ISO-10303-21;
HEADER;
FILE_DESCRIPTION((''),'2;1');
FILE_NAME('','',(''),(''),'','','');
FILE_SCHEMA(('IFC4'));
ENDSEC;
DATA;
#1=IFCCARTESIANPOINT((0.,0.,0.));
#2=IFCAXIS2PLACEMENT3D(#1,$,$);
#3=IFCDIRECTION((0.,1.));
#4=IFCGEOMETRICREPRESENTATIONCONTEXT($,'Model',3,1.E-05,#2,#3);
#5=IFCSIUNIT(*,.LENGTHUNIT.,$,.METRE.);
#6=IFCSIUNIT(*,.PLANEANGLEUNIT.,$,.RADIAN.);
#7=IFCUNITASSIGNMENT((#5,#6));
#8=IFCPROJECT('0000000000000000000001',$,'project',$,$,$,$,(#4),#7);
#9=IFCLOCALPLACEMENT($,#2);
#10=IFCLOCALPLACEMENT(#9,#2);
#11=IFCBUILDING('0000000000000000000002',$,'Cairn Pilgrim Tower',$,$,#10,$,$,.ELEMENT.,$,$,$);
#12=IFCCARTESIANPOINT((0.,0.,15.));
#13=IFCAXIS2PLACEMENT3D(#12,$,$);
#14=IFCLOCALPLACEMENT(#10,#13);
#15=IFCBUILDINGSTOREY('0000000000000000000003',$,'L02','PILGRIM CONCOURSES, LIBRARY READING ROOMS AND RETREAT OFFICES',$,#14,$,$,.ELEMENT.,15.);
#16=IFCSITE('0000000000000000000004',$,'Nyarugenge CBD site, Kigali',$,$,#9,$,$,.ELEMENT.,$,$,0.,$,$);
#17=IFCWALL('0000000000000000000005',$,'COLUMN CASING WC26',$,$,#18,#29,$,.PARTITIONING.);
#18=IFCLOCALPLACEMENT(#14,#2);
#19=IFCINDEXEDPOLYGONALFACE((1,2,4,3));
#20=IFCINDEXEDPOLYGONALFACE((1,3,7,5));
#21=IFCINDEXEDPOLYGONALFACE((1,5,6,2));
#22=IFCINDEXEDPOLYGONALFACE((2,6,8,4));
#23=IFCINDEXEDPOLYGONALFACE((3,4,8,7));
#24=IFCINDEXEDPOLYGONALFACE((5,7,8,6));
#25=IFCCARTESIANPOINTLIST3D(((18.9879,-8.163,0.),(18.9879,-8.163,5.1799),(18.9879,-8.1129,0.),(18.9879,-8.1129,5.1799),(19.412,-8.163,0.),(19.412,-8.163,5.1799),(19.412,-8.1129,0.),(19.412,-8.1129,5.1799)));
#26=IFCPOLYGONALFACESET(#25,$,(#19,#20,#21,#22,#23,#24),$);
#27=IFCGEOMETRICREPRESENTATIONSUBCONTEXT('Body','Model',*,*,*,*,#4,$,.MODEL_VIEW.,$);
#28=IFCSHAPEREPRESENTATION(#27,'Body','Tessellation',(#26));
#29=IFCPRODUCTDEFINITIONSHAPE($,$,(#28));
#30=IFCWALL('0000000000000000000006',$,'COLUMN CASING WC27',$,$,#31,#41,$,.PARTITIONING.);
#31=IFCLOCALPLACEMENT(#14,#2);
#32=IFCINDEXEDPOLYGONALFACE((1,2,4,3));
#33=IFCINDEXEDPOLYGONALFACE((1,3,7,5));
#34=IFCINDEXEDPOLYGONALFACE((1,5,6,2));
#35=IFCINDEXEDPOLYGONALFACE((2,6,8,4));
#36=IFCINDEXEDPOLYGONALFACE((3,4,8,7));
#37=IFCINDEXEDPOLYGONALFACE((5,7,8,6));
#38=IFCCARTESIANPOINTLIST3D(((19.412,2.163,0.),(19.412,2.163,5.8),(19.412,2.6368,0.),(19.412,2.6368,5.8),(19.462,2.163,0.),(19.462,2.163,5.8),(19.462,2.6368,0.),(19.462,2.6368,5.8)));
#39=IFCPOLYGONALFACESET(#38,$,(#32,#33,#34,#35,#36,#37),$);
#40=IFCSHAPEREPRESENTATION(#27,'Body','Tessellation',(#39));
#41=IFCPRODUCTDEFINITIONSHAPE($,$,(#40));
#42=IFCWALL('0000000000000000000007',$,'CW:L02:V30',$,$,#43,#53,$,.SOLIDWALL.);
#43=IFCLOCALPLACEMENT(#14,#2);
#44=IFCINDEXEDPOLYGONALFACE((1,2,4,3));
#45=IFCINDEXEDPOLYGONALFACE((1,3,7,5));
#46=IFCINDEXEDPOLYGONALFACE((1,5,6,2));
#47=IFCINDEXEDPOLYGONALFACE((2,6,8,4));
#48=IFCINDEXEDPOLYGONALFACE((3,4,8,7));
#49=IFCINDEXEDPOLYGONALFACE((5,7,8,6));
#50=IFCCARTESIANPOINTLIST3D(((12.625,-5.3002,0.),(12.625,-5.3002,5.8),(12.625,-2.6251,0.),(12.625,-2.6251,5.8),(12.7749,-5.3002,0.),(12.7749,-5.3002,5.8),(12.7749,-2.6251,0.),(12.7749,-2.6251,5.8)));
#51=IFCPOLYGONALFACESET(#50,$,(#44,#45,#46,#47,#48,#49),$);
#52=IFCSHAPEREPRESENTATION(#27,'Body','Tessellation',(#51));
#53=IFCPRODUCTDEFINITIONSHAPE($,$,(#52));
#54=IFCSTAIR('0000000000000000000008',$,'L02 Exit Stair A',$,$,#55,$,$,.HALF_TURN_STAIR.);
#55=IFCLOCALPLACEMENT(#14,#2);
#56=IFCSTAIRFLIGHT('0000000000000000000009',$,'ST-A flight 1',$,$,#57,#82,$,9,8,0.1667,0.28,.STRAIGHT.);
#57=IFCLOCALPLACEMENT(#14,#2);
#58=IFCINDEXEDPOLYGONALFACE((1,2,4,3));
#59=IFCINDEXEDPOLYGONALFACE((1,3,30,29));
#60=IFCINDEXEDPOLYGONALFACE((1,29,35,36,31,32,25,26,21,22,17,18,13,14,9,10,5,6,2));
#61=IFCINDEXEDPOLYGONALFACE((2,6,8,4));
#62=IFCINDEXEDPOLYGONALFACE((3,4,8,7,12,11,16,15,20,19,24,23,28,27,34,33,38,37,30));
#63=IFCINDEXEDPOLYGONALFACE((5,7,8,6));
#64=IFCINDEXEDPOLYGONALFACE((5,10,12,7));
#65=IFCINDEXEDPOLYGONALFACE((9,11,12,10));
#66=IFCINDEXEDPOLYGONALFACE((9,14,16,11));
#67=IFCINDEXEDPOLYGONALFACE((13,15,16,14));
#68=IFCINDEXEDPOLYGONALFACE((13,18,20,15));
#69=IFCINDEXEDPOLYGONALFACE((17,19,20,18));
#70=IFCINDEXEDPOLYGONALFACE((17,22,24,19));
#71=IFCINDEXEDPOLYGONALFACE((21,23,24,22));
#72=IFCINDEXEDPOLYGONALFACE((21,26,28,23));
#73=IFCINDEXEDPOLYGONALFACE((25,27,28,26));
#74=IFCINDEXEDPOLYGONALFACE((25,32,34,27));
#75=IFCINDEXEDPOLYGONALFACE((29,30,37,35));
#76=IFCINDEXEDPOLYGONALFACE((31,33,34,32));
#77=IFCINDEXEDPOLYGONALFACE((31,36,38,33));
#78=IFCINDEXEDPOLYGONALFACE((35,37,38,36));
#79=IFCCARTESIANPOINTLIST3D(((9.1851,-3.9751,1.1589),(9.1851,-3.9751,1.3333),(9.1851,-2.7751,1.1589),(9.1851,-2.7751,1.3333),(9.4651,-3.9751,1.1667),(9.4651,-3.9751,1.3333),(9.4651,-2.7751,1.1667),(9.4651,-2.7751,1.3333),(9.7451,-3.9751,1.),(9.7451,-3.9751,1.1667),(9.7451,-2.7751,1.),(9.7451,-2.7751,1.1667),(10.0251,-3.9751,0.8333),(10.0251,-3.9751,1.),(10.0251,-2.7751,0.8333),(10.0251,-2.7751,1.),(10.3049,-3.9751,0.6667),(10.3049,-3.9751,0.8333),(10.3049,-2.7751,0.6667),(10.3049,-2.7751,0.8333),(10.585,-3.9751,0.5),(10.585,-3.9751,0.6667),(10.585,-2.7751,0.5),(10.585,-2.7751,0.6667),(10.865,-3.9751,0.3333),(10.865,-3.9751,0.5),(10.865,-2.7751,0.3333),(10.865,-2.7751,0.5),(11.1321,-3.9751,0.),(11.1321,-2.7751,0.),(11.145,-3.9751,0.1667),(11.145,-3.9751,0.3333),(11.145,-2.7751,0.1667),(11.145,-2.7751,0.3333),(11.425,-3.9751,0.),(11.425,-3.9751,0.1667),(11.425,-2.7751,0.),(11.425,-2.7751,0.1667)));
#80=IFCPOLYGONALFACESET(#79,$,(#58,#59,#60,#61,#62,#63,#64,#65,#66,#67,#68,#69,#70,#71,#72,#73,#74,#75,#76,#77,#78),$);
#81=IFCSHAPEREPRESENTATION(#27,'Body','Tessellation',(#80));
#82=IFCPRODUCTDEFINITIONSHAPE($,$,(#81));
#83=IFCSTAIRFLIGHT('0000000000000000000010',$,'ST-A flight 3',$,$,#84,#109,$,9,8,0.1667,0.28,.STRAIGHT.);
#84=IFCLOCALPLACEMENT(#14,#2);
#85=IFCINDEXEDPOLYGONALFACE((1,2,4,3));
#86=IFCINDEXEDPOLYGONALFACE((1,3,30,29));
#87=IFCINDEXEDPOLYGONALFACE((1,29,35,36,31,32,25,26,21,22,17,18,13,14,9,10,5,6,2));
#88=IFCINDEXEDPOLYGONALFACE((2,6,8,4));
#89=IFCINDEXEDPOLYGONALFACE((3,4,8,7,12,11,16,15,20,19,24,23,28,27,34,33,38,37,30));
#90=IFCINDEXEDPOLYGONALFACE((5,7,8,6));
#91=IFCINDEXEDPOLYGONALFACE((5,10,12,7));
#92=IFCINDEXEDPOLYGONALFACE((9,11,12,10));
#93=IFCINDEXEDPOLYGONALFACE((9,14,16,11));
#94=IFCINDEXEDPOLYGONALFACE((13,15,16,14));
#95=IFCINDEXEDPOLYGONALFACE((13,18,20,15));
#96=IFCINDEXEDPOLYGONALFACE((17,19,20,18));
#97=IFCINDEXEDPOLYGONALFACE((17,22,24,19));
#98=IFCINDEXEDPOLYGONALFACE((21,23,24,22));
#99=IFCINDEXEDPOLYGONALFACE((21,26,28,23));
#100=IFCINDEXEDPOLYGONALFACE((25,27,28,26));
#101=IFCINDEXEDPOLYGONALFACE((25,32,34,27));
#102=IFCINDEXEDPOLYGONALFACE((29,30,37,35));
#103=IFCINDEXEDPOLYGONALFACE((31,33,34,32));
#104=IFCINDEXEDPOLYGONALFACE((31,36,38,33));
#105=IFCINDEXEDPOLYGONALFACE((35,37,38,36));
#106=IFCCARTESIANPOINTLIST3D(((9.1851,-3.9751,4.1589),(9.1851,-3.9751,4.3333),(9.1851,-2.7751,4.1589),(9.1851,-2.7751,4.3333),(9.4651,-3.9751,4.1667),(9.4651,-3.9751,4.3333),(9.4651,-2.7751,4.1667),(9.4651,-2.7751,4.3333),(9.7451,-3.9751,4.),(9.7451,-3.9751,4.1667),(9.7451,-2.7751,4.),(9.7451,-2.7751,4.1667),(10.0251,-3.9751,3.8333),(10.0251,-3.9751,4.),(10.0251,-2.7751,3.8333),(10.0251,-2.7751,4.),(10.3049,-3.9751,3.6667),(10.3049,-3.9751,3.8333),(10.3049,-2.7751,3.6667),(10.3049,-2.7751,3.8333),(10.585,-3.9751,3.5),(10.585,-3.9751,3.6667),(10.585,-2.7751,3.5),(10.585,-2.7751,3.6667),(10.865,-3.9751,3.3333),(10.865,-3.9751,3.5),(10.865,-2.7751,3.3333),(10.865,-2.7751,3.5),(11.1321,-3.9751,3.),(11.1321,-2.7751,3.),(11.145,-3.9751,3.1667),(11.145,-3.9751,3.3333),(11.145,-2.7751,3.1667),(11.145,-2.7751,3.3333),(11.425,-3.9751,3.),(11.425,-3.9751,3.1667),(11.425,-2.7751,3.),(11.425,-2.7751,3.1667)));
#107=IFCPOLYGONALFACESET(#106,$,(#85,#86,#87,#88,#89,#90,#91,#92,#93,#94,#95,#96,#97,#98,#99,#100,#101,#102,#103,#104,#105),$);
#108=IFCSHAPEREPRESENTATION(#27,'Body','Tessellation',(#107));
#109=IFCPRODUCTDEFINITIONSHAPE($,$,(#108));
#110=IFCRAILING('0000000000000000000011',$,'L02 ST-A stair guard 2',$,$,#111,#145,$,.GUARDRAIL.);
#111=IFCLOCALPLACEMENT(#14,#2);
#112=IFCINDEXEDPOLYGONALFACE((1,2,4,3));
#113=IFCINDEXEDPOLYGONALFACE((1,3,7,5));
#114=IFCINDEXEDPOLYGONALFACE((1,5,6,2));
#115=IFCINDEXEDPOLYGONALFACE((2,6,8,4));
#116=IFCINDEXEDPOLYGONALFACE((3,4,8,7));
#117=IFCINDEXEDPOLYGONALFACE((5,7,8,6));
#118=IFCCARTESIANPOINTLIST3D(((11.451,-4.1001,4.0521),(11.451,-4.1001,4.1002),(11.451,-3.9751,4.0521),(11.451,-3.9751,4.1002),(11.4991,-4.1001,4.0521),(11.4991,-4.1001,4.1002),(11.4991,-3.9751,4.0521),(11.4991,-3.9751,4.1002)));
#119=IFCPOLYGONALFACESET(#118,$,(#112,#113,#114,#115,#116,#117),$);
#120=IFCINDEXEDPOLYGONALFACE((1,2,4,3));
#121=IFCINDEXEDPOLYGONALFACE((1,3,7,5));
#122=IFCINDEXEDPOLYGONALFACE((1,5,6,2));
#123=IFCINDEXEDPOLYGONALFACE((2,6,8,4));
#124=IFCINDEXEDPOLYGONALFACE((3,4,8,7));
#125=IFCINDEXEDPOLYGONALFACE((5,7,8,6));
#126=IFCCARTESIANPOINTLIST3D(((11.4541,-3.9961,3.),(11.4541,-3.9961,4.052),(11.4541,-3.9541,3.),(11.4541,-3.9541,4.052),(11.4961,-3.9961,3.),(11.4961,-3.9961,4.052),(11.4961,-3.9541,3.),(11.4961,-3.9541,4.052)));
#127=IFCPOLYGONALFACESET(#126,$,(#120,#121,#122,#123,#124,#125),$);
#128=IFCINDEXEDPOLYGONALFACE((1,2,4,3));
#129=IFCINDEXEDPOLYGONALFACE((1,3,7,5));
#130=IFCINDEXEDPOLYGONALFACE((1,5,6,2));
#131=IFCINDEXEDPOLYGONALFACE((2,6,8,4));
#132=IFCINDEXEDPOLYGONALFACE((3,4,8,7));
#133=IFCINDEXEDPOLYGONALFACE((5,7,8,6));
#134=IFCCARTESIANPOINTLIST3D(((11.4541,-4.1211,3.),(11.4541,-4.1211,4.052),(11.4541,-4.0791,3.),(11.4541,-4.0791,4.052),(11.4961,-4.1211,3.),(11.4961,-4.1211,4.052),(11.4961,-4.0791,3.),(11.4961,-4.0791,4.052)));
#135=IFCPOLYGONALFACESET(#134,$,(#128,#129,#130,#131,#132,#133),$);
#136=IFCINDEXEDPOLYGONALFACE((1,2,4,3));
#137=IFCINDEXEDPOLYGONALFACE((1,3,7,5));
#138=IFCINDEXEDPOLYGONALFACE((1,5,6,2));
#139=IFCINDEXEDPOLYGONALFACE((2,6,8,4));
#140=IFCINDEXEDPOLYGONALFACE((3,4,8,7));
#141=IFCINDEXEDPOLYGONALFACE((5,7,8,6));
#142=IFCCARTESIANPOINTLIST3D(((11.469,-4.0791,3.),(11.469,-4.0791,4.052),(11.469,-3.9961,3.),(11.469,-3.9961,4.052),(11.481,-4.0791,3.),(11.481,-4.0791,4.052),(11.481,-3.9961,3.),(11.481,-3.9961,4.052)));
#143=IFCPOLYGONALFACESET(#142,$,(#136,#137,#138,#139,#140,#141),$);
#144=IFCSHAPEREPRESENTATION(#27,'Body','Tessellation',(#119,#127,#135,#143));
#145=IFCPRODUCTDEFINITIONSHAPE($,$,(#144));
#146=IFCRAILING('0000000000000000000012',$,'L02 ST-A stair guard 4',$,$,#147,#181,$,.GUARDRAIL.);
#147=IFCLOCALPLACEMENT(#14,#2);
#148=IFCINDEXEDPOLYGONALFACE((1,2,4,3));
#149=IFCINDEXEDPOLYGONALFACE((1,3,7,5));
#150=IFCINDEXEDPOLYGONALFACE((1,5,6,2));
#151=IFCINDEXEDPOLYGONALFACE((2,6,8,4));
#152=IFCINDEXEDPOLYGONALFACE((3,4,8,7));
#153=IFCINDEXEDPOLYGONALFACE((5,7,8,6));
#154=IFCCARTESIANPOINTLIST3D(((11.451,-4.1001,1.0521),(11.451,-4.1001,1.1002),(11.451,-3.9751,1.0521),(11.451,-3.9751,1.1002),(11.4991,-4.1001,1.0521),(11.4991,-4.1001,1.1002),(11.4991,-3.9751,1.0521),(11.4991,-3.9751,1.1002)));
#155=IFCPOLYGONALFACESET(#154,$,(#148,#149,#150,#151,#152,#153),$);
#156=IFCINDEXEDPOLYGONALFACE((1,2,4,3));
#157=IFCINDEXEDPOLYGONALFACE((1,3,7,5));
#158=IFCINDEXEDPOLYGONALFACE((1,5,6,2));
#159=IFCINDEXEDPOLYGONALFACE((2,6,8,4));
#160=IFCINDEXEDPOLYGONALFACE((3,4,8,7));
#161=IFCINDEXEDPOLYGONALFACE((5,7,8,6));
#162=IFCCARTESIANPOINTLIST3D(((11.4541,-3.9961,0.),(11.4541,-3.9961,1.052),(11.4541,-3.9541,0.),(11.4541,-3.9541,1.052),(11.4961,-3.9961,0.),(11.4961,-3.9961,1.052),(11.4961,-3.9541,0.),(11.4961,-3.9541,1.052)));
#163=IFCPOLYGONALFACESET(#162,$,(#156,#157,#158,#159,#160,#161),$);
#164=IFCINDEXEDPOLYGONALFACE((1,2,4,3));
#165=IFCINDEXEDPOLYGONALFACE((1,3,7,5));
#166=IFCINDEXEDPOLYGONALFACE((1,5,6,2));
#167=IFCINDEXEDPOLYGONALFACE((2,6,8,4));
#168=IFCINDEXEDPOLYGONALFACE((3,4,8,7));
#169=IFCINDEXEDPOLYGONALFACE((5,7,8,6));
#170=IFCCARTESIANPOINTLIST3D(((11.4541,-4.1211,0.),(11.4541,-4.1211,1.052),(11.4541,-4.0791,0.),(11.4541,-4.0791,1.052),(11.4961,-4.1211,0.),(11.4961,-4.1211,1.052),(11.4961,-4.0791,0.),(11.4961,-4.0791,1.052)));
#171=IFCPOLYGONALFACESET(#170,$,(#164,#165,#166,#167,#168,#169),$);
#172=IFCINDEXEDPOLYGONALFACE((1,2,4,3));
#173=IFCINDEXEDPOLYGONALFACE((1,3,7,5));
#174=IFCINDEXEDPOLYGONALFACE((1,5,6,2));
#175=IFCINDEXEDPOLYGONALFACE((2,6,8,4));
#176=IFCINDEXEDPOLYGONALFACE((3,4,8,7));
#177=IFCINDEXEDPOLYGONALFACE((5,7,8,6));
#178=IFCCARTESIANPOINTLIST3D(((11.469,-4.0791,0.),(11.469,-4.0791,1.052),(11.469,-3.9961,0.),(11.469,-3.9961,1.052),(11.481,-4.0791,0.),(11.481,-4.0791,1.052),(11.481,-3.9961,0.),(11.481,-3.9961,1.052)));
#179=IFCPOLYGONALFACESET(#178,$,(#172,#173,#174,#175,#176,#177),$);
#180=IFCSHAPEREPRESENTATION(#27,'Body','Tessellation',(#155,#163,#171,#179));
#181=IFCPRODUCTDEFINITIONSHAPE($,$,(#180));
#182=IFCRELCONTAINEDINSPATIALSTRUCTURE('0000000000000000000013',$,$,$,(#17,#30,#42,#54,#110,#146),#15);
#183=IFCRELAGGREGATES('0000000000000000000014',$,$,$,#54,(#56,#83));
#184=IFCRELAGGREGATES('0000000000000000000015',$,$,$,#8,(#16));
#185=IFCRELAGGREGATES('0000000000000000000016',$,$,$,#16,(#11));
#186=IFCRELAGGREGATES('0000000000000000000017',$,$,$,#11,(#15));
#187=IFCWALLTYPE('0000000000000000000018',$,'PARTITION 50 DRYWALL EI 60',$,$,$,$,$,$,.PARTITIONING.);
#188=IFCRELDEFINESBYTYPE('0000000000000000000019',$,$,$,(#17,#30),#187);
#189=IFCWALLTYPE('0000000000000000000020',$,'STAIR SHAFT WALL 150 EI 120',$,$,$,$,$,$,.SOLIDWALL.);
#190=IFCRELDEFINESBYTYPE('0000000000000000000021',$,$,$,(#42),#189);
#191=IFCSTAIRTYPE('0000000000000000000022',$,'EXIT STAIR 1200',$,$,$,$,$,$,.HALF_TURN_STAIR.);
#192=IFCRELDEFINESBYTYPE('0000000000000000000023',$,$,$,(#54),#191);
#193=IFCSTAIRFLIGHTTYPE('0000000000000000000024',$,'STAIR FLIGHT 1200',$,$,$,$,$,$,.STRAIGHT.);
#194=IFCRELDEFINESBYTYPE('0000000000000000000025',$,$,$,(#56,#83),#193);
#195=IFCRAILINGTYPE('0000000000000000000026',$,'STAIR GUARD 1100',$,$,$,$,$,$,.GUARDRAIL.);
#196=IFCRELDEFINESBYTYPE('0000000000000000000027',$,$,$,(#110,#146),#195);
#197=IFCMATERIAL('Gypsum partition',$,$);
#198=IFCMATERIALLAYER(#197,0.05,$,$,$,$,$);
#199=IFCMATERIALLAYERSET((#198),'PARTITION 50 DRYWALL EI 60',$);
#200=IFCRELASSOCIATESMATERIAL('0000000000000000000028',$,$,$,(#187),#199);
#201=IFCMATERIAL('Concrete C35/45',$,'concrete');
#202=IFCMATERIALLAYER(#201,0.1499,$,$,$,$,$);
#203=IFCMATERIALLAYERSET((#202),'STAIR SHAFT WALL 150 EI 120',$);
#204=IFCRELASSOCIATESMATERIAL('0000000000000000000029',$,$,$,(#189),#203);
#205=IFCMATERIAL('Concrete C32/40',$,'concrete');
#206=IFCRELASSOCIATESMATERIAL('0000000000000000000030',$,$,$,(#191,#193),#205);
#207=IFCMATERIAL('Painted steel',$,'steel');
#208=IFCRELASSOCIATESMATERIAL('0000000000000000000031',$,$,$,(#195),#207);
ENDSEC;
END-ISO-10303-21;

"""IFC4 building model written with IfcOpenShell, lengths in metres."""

from ifc_helpers import new_model, si_unit, direction, frame, frame_2d, origin, origin_2d, place, context, subcontext, project, spatial, polyline, rectangle, outline, extrude, material, layer, layer_set, type_object, element, aggregate, save


model = new_model("IFC4")

# Units and contexts
model_context = context("Model", 3, precision=1e-05, world=origin(), true_north=direction((0.0, 1.0)))
body_context = subcontext(model_context, "Body", "Model", "MODEL_VIEW")
ifc_project = project(units=[si_unit("LENGTHUNIT", "METRE"), si_unit("PLANEANGLEUNIT", "RADIAN")], contexts=[model_context])

# Site, building, storey
site_placement = place(None, origin())
site = spatial("IfcSite", under=ifc_project, at=site_placement, Name="Nyarugenge CBD site, Kigali", CompositionType="ELEMENT", RefElevation=0.0)
building_placement = place(site_placement, origin())
building = spatial("IfcBuilding", under=site, at=building_placement, Name="Cairn Pilgrim Tower", CompositionType="ELEMENT")
storey_placement = place(building_placement, frame((0.0, 0.0, 15.0)))
storey = spatial("IfcBuildingStorey", under=building, at=storey_placement, Name="L02", Description="PILGRIM CONCOURSES, LIBRARY READING ROOMS AND RETREAT OFFICES", CompositionType="ELEMENT", Elevation=15.0)

# Shared definitions
ifc_material_1 = material(Name="Concrete C32/40", Category="concrete")

# Shared definitions
ifc_material_2 = material(Name="Painted steel", Category="steel")

# Walls
ifc_material_3 = material(Name="Gypsum partition")
ifc_layer_1 = layer(ifc_material_3, 0.05)
ifc_layer_set_1 = layer_set([ifc_layer_1], Name="PARTITION 50 DRYWALL EI 60")
wall_type_1 = type_object("IfcWallType", Name="PARTITION 50 DRYWALL EI 60", PredefinedType="PARTITIONING", material=ifc_layer_set_1)
wall_1_placement = place(storey_placement, frame((18.988, -8.1379, 0.0), z_axis=(0.0, 0.0, 1.0), x_axis=(1.0, 0.0, 0.0)))
element("IfcWall", 1, at=wall_1_placement, inside=storey, type_object=wall_type_1, Name="COLUMN CASING WC26", PredefinedType="PARTITIONING", context=body_context, shape_type="SweptSolid", body=[
    extrude(rectangle(XDim=0.4241, YDim=0.05, at=frame_2d((0.2119, 0.0))), origin(), (0.0, 0.0, 1.0), 5.1799),
])
wall_2_placement = place(storey_placement, frame((19.437, 2.1631, 0.0), z_axis=(0.0, 0.0, 1.0), x_axis=(0.0, 1.0, 0.0)))
element("IfcWall", 2, at=wall_2_placement, inside=storey, type_object=wall_type_1, Name="COLUMN CASING WC27", PredefinedType="PARTITIONING", context=body_context, shape_type="SweptSolid", body=[
    extrude(rectangle(XDim=0.4739, YDim=0.05, at=frame_2d((0.2368, 0.0))), origin(), (0.0, 0.0, 1.0), 5.8),
])
ifc_material_4 = material(Name="Concrete C35/45", Category="concrete")
ifc_layer_2 = layer(ifc_material_4, 0.1499)
ifc_layer_set_2 = layer_set([ifc_layer_2], Name="STAIR SHAFT WALL 150 EI 120")
wall_type_2 = type_object("IfcWallType", Name="STAIR SHAFT WALL 150 EI 120", PredefinedType="SOLIDWALL", material=ifc_layer_set_2)
wall_3_placement = place(storey_placement, frame((12.7, -5.3, 0.0), z_axis=(0.0, 0.0, 1.0), x_axis=(0.0, 1.0, 0.0)))
element("IfcWall", 3, at=wall_3_placement, inside=storey, type_object=wall_type_2, Name="CW:L02:V30", PredefinedType="SOLIDWALL", context=body_context, shape_type="SweptSolid", body=[
    extrude(rectangle(XDim=2.675, YDim=0.1499, at=frame_2d((1.3374, 0.0))), origin(), (0.0, 0.0, 1.0), 5.8),
])

# Stair, stair flights
stair_type = type_object("IfcStairType", Name="EXIT STAIR 1200", PredefinedType="HALF_TURN_STAIR", material=ifc_material_1)
stair_placement = place(storey_placement, origin())
stair = element("IfcStair", 4, at=stair_placement, inside=storey, type_object=stair_type, Name="L02 Exit Stair A", PredefinedType="HALF_TURN_STAIR")
stair_flight_type = type_object("IfcStairFlightType", Name="STAIR FLIGHT 1200", PredefinedType="STRAIGHT", material=ifc_material_1)
stair_flight_1_placement = place(storey_placement, frame((11.425, -3.375, 0.0), z_axis=(0.0, 0.0, 1.0), x_axis=(-1.0, 0.0, 0.0)))
stair_flight_1 = element("IfcStairFlight", 5, at=stair_flight_1_placement, type_object=stair_flight_type, Name="ST-A flight 1", NumberOfRisers=9, NumberOfTreads=8, PredefinedType="STRAIGHT", RiserHeight=0.1667, TreadLength=0.28, context=body_context, shape_type="SweptSolid", body=[
    extrude(outline(polyline([(0.0, 0.0), (0.0, 0.1667), (0.28, 0.1667), (0.28, 0.3333), (0.5601, 0.3333), (0.5601, 0.5), (0.8401, 0.5), (0.8401, 0.6667), (1.1201, 0.6667), (1.1201, 0.8333), (1.3999, 0.8333), (1.3999, 1.0), (1.6799, 1.0), (1.6799, 1.1667), (1.96, 1.1667), (1.96, 1.3333), (2.24, 1.3333), (2.24, 1.5), (2.24, 1.1589), (0.293, 0.0), (0.0, 0.0)])), frame((0.0, 0.6001, 0.0), z_axis=(0.0, -1.0, 0.0), x_axis=(1.0, 0.0, 0.0)), (0.0, 0.0, 1.0), 1.2),
])
stair_flight_2_placement = place(storey_placement, frame((11.425, -3.375, 3.0), z_axis=(0.0, 0.0, 1.0), x_axis=(-1.0, 0.0, 0.0)))
stair_flight_2 = element("IfcStairFlight", 6, at=stair_flight_2_placement, type_object=stair_flight_type, Name="ST-A flight 3", NumberOfRisers=9, NumberOfTreads=8, PredefinedType="STRAIGHT", RiserHeight=0.1667, TreadLength=0.28, context=body_context, shape_type="SweptSolid", body=[
    extrude(outline(polyline([(0.0, 0.0), (0.0, 0.1667), (0.28, 0.1667), (0.28, 0.3333), (0.5601, 0.3333), (0.5601, 0.5), (0.8401, 0.5), (0.8401, 0.6667), (1.1201, 0.6667), (1.1201, 0.8333), (1.3999, 0.8333), (1.3999, 1.0), (1.6799, 1.0), (1.6799, 1.1667), (1.96, 1.1667), (1.96, 1.3333), (2.24, 1.3333), (2.24, 1.5), (2.24, 1.1589), (0.293, 0.0), (0.0, 0.0)])), frame((0.0, 0.6001, 0.0), z_axis=(0.0, -1.0, 0.0), x_axis=(1.0, 0.0, 0.0)), (0.0, 0.0, 1.0), 1.2),
])
aggregate(stair, [stair_flight_1, stair_flight_2])

# Railings
railing_type_1 = type_object("IfcRailingType", Name="STAIR GUARD 1100", PredefinedType="GUARDRAIL", material=ifc_material_2)
for number, where, name in (
    (7, (11.4751, -3.9751, 3.0), "L02 ST-A stair guard 2"),
    (8, (11.4751, -3.9751, 0.0), "L02 ST-A stair guard 4"),
):
    element("IfcRailing", number, at=place(storey_placement, frame(where)), inside=storey, type_object=railing_type_1, Name=name, PredefinedType="GUARDRAIL", context=body_context, shape_type="SweptSolid", body=[
        extrude(rectangle(XDim=0.0481, YDim=0.0481, at=origin_2d()), frame((0.0, 0.0, 1.0762), z_axis=(0.0, -1.0, 0.0), x_axis=(1.0, 0.0, 0.0)), (0.0, 0.0, 1.0), 0.125),
        extrude(rectangle(XDim=0.042, YDim=0.042, at=origin_2d()), origin(), (0.0, 0.0, 1.0), 1.052),
        extrude(rectangle(XDim=0.042, YDim=0.042, at=origin_2d()), frame((0.0, -0.125, 0.0)), (0.0, 0.0, 1.0), 1.052),
        extrude(outline(polyline([(0.021, 0.0), (0.104, 0.0), (0.104, 1.052), (0.021, 1.052), (0.021, 0.0)])), frame((0.0059, 0.0, 0.0), z_axis=(-1.0, 0.0, 0.0), x_axis=(0.0, -1.0, 0.0)), (0.0, 0.0, 1.0), 0.012),
    ])

save(model, "model.ifc")
